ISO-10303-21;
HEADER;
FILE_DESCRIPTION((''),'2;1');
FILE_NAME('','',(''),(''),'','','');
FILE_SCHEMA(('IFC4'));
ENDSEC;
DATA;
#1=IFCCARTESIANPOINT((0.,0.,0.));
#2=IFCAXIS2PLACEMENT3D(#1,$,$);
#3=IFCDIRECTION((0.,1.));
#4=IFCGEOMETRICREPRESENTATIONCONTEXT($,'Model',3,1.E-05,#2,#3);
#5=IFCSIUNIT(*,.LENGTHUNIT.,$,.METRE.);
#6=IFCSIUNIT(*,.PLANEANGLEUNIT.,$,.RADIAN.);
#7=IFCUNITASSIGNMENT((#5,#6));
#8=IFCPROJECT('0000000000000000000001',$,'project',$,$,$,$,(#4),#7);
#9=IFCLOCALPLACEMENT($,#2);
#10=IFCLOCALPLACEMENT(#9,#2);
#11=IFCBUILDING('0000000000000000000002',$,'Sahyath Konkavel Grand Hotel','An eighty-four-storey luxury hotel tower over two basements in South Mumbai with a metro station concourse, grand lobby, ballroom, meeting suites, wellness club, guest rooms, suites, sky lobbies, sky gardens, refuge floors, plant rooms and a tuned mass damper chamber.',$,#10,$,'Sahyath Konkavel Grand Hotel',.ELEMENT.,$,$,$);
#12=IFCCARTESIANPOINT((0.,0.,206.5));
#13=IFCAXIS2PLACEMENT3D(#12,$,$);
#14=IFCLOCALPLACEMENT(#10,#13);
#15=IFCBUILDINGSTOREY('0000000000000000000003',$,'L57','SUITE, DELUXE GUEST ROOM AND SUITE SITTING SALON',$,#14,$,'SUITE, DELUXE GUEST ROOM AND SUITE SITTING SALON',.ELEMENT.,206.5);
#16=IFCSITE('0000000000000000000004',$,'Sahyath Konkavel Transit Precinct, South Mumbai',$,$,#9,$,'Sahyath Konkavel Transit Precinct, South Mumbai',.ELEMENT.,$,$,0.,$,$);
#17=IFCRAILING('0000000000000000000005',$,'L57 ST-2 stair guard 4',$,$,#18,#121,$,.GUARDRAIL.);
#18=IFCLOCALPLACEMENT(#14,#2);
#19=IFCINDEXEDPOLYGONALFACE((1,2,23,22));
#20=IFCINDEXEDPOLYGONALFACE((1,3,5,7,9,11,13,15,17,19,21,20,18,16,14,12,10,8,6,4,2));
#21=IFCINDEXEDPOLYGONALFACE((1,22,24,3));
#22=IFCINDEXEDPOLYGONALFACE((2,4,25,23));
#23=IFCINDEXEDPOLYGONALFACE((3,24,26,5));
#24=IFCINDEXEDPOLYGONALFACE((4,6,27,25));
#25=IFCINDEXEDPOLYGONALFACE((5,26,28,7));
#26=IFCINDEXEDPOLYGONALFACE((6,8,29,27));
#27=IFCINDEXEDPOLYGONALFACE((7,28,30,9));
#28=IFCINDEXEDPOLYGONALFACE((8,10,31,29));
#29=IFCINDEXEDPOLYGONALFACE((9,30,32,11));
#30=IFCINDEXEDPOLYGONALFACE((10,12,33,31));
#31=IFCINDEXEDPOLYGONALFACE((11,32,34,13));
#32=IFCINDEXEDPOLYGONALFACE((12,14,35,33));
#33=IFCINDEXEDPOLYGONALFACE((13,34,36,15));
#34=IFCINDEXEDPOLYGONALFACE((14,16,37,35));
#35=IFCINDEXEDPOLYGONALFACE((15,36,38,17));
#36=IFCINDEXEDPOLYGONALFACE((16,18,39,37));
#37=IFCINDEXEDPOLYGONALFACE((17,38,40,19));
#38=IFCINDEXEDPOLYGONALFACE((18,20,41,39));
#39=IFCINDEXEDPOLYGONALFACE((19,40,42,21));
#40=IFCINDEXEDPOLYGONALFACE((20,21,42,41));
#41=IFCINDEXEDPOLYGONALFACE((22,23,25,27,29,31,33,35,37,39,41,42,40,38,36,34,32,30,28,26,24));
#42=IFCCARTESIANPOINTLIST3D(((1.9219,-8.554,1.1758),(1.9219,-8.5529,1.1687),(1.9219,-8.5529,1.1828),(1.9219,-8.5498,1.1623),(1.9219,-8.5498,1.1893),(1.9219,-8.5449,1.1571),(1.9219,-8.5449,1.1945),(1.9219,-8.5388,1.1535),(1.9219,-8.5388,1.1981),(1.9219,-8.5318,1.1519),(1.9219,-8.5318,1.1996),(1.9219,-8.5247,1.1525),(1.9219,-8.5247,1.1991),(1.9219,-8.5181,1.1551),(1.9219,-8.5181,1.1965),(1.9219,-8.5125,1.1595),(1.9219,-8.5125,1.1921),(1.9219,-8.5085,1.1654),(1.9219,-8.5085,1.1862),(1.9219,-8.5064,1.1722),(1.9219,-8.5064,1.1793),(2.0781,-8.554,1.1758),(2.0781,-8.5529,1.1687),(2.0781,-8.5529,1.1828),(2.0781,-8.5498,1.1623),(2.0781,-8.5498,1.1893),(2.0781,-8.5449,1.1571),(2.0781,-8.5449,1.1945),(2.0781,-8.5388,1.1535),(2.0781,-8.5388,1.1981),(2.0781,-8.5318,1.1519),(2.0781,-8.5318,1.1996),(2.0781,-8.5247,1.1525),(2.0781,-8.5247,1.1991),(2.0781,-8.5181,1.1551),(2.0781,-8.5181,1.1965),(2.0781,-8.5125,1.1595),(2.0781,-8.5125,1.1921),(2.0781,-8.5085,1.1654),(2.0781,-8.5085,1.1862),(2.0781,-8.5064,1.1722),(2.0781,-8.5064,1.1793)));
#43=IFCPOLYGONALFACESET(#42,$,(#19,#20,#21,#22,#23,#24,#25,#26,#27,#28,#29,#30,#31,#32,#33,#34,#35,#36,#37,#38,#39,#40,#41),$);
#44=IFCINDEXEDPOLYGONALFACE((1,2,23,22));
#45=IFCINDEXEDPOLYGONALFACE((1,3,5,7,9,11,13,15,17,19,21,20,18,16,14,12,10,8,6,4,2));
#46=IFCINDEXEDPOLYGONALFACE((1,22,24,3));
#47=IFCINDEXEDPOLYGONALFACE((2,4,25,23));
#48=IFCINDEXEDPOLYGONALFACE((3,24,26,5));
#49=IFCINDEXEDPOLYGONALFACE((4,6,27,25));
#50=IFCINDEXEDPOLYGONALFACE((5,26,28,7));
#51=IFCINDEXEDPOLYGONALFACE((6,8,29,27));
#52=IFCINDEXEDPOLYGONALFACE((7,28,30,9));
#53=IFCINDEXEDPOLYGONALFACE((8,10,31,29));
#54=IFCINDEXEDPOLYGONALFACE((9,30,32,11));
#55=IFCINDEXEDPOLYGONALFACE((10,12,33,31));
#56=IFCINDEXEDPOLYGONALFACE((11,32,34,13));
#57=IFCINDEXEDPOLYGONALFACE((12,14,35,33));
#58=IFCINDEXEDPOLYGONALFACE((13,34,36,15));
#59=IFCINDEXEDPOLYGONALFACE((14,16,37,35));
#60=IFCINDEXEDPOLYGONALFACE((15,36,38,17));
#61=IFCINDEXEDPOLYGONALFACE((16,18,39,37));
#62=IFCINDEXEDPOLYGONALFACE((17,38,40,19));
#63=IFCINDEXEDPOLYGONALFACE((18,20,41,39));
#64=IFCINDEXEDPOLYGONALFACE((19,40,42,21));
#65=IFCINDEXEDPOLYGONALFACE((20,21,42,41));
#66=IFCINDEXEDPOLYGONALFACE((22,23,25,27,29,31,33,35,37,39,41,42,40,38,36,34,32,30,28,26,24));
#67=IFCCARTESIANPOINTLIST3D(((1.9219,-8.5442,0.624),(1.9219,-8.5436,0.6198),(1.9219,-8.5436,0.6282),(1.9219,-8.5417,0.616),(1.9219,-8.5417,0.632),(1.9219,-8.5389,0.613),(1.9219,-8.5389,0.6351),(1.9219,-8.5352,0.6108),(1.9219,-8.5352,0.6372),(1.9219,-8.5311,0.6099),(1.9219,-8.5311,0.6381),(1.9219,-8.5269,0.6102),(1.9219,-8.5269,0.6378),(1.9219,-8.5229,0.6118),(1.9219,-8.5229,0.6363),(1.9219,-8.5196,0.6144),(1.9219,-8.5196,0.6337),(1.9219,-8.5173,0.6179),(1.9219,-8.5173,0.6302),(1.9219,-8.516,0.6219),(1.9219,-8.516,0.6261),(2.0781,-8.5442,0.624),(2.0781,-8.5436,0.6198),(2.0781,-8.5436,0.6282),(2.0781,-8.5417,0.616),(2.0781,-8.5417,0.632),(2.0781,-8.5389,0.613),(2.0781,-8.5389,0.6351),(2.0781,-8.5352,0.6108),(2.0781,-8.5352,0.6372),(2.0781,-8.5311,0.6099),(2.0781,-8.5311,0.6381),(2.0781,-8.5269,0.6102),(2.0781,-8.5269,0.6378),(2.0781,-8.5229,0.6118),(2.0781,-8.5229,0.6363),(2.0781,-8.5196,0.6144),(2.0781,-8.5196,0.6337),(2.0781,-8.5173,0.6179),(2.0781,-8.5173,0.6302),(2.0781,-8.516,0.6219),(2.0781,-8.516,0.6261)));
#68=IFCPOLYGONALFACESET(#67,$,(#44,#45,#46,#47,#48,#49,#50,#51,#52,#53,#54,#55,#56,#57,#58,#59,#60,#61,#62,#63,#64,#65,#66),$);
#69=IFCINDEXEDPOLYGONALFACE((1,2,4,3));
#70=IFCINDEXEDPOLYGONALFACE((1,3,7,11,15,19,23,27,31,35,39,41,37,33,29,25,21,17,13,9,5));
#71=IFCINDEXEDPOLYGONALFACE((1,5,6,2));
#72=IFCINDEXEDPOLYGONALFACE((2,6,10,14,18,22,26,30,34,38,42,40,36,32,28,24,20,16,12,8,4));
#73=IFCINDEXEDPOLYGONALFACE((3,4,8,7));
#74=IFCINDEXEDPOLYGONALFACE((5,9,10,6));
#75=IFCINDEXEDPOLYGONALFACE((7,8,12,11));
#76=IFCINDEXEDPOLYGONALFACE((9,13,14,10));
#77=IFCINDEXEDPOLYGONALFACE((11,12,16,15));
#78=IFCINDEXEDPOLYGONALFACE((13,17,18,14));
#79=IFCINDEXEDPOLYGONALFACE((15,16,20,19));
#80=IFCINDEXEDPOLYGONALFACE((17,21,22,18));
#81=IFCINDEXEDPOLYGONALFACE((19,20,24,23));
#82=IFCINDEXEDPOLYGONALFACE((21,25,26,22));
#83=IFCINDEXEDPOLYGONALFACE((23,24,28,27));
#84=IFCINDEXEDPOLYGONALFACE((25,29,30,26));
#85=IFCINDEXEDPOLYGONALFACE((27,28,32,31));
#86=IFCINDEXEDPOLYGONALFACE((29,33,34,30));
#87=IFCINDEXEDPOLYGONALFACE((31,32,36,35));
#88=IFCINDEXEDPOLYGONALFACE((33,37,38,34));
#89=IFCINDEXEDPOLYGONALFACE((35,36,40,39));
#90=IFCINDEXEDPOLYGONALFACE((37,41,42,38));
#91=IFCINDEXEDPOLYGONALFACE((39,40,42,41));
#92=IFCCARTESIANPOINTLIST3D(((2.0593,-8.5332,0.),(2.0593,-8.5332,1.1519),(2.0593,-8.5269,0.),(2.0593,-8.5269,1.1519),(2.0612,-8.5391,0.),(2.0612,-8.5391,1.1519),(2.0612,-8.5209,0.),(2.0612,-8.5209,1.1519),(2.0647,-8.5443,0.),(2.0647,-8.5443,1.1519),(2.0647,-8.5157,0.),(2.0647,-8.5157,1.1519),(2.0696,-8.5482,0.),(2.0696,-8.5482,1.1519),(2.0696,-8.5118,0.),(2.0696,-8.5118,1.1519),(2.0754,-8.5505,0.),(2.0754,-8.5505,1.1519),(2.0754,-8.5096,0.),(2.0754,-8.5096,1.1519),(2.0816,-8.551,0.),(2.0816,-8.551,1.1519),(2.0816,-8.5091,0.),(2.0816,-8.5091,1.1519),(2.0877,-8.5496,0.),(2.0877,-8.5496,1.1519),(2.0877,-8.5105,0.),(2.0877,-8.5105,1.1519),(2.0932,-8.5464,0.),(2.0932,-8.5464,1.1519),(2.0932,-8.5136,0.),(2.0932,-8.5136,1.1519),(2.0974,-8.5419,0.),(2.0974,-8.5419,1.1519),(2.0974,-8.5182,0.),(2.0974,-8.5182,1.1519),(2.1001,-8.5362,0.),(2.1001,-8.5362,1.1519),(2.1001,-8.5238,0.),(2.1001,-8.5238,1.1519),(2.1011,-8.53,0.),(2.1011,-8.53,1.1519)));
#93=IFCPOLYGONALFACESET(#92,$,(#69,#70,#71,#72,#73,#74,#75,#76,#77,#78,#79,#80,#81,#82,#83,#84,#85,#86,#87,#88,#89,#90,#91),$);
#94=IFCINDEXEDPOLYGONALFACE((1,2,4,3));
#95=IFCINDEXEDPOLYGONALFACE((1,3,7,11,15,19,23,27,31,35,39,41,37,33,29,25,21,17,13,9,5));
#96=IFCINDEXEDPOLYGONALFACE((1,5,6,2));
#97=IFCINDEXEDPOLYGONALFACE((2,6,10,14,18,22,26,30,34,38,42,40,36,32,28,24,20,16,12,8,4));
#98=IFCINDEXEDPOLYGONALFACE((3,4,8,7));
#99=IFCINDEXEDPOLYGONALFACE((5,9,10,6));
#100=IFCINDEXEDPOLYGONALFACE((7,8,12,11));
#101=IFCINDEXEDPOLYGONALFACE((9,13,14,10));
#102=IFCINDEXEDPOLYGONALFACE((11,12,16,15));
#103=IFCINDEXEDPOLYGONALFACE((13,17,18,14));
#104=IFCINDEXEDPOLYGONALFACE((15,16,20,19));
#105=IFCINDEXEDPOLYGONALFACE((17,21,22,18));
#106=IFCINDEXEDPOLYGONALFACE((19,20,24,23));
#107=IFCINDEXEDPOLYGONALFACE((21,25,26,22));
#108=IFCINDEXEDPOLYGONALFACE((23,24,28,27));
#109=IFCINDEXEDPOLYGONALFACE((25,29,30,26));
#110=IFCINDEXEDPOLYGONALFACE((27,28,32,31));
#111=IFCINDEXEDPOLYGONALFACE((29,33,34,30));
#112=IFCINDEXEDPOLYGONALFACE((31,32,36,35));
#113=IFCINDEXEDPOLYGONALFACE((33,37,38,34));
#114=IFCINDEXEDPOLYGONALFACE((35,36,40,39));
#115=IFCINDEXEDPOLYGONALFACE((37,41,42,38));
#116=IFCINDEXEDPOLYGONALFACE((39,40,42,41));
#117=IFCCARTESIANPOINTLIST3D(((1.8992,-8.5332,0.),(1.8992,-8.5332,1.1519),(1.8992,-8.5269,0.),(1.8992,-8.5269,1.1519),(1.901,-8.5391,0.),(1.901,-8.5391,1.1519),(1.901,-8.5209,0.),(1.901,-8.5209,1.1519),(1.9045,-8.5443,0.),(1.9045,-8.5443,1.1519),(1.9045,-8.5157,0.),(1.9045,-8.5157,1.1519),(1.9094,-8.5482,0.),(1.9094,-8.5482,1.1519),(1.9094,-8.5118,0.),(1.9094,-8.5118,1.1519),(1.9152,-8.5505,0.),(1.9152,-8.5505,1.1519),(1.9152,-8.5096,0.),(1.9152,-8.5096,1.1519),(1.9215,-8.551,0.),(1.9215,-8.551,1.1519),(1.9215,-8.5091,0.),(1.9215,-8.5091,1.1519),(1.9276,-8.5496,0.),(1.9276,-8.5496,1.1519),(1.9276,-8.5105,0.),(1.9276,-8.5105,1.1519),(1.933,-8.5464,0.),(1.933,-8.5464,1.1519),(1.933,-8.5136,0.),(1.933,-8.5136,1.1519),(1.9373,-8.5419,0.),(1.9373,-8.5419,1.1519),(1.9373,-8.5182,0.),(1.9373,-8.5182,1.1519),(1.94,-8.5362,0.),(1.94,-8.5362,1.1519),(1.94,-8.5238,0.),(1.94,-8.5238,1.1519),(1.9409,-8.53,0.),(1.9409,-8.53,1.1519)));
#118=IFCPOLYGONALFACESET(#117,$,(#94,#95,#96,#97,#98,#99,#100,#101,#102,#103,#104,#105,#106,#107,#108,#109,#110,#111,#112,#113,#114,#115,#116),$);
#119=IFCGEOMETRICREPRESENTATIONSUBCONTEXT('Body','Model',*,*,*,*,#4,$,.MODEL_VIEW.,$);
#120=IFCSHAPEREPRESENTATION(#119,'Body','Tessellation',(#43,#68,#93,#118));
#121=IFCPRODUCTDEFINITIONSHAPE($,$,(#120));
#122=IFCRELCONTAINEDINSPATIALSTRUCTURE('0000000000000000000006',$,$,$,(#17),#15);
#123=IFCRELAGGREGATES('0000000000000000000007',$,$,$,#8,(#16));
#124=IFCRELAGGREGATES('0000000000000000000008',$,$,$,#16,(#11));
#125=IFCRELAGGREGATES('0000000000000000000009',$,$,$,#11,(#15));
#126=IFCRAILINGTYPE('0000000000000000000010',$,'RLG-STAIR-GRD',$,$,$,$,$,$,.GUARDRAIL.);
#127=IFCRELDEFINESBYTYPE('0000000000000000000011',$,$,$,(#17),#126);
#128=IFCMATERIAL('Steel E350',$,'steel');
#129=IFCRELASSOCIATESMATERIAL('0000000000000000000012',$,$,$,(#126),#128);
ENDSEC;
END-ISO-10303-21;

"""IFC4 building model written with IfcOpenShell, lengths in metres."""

from ifc_helpers import new_model, si_unit, direction, frame, origin, origin_2d, place, context, subcontext, project, spatial, circle, extrude, material, type_object, element, save


model = new_model("IFC4")

# Units and contexts
model_context = context("Model", 3, precision=1e-05, world=origin(), true_north=direction((0.0, 1.0)))
body_context = subcontext(model_context, "Body", "Model", "MODEL_VIEW")
ifc_project = project(units=[si_unit("LENGTHUNIT", "METRE"), si_unit("PLANEANGLEUNIT", "RADIAN")], contexts=[model_context])

# Site, building, storey
site_placement = place(None, origin())
site = spatial("IfcSite", under=ifc_project, at=site_placement, Name="Sahyath Konkavel Transit Precinct, South Mumbai", LongName="Sahyath Konkavel Transit Precinct, South Mumbai", CompositionType="ELEMENT", RefElevation=0.0)
building_placement = place(site_placement, origin())
building = spatial("IfcBuilding", under=site, at=building_placement, Name="Sahyath Konkavel Grand Hotel", Description="An eighty-four-storey luxury hotel tower over two basements in South Mumbai with a metro station concourse, grand lobby, ballroom, meeting suites, wellness club, guest rooms, suites, sky lobbies, sky gardens, refuge floors, plant rooms and a tuned mass damper chamber.", LongName="Sahyath Konkavel Grand Hotel", CompositionType="ELEMENT")
storey_placement = place(building_placement, frame((0.0, 0.0, 206.5)))
storey = spatial("IfcBuildingStorey", under=building, at=storey_placement, Name="L57", Description="SUITE, DELUXE GUEST ROOM AND SUITE SITTING SALON", LongName="SUITE, DELUXE GUEST ROOM AND SUITE SITTING SALON", CompositionType="ELEMENT", Elevation=206.5)

# Shared definitions
ifc_material_1 = material(Name="Steel E350", Category="steel")

# Railing
railing_type_1 = type_object("IfcRailingType", Name="RLG-STAIR-GRD", PredefinedType="GUARDRAIL", material=ifc_material_1)
railing_1_placement = place(storey_placement, frame((2.0801, -8.53, 0.0)))
element("IfcRailing", 1, at=railing_1_placement, inside=storey, type_object=railing_type_1, Name="L57 ST-2 stair guard 4", PredefinedType="GUARDRAIL", context=body_context, shape_type="SweptSolid", body=[
    extrude(circle(Radius=0.0239, at=origin_2d()), frame((-0.002, 0.0, 1.1758), z_axis=(-1.0, 0.0, 0.0), x_axis=(0.0, -1.0, 0.0)), (0.0, 0.0, 1.0), 0.1562),
    extrude(circle(Radius=0.0142, at=origin_2d()), frame((-0.002, 0.0, 0.624), z_axis=(-1.0, 0.0, 0.0), x_axis=(0.0, -1.0, 0.0)), (0.0, 0.0, 1.0), 0.1562),
    extrude(circle(Radius=0.021, at=origin_2d()), origin(), (0.0, 0.0, 1.0), 1.1519),
    extrude(circle(Radius=0.021, at=origin_2d()), frame((-0.1602, 0.0, 0.0)), (0.0, 0.0, 1.0), 1.1519),
])

save(model, "model.ifc")
